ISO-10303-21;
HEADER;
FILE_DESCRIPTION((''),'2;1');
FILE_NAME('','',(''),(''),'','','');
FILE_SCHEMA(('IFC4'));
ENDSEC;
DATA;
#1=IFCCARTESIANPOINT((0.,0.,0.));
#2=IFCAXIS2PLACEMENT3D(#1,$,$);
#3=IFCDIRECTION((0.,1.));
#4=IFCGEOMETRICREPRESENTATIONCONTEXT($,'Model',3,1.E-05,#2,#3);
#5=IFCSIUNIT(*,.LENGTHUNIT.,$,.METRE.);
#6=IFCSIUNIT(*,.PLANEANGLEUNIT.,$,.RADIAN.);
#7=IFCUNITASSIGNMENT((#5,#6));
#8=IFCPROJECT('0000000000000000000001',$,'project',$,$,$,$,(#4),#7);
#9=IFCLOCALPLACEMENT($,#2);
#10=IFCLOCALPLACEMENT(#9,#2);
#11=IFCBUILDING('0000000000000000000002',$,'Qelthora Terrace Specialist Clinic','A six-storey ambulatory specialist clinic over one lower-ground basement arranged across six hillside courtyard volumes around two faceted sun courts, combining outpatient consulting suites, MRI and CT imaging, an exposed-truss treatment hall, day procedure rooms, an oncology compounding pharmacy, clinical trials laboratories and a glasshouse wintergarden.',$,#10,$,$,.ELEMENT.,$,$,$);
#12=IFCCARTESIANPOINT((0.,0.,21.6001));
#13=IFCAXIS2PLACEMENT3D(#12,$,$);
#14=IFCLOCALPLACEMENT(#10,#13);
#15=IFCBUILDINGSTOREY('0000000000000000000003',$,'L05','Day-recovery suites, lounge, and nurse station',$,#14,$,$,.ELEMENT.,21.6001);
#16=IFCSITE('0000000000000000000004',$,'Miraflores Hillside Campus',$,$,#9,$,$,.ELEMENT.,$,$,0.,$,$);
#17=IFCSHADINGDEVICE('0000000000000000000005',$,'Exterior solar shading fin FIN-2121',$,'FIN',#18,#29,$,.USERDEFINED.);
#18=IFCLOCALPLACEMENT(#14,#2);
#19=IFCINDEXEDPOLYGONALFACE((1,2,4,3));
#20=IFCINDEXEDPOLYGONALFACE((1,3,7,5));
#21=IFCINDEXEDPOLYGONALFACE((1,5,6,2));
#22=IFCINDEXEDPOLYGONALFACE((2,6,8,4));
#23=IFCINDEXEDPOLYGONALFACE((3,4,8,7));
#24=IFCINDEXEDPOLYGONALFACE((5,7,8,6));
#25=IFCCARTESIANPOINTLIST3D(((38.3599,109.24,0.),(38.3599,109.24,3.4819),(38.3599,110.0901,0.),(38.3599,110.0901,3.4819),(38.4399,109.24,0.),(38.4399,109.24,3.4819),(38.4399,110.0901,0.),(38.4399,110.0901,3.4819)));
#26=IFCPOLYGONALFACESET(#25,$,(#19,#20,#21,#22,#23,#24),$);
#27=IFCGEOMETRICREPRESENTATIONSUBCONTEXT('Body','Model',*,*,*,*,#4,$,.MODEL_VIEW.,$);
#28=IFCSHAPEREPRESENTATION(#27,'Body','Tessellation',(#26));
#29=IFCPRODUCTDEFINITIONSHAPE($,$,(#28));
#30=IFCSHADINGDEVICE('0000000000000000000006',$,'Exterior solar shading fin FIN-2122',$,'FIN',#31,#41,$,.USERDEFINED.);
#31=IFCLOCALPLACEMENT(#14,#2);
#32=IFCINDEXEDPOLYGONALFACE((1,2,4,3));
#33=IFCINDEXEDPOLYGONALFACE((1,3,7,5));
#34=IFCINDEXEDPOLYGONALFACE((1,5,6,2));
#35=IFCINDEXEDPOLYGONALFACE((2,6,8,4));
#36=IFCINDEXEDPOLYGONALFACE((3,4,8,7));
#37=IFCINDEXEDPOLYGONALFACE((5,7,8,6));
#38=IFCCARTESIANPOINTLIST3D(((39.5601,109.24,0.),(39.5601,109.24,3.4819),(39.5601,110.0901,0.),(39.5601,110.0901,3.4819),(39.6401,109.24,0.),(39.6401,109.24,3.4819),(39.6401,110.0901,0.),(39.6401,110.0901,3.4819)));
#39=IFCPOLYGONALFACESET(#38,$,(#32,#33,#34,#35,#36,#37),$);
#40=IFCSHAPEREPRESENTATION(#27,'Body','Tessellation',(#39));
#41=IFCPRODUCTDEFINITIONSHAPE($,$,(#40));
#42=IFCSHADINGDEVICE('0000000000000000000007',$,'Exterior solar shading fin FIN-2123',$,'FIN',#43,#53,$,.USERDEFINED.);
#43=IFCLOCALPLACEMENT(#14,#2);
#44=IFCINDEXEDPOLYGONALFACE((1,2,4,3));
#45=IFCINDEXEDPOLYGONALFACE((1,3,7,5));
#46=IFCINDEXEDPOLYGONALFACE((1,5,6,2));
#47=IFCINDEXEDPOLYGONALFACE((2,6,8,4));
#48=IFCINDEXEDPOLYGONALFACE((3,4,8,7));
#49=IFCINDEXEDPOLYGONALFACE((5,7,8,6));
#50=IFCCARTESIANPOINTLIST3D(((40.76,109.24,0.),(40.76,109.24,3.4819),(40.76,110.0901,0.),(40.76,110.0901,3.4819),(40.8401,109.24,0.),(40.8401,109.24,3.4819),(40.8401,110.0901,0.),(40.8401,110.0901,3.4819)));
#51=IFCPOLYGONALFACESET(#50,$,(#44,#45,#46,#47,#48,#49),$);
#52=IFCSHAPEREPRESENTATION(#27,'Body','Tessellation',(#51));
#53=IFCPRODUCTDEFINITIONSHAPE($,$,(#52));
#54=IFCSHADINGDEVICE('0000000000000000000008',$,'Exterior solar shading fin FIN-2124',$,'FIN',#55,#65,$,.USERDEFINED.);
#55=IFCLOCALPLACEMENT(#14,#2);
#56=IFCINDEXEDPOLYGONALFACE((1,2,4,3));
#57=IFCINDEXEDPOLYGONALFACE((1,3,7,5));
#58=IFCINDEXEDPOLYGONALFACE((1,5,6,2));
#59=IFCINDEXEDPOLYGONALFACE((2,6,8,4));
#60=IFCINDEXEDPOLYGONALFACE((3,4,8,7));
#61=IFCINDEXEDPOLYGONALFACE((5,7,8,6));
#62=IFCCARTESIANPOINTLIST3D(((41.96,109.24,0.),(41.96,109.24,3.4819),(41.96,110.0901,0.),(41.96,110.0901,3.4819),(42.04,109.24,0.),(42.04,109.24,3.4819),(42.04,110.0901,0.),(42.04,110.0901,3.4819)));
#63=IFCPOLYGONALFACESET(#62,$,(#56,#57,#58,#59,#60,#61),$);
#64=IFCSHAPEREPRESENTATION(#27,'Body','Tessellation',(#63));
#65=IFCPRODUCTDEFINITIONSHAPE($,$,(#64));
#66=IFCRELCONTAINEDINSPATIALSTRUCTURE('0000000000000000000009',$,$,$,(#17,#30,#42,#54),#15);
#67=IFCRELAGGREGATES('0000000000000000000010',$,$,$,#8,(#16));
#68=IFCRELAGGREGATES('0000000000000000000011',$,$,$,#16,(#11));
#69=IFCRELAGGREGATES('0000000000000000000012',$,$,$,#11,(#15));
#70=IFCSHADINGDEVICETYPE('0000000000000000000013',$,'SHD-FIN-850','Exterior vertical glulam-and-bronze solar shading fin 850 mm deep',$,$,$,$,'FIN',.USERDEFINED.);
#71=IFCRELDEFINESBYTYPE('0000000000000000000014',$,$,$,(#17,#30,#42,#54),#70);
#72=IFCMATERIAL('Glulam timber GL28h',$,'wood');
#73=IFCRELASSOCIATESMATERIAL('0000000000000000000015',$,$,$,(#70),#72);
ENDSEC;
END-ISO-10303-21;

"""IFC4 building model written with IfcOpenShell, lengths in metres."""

from ifc_helpers import new_model, si_unit, direction, frame, origin, origin_2d, place, context, subcontext, project, spatial, rectangle, extrude, material, type_object, element, save


model = new_model("IFC4")

# Units and contexts
model_context = context("Model", 3, precision=1e-05, world=origin(), true_north=direction((0.0, 1.0)))
body_context = subcontext(model_context, "Body", "Model", "MODEL_VIEW")
ifc_project = project(units=[si_unit("LENGTHUNIT", "METRE"), si_unit("PLANEANGLEUNIT", "RADIAN")], contexts=[model_context])

# Site, building, storey
site_placement = place(None, origin())
site = spatial("IfcSite", under=ifc_project, at=site_placement, Name="Miraflores Hillside Campus", CompositionType="ELEMENT", RefElevation=0.0)
building_placement = place(site_placement, origin())
building = spatial("IfcBuilding", under=site, at=building_placement, Name="Qelthora Terrace Specialist Clinic", Description="A six-storey ambulatory specialist clinic over one lower-ground basement arranged across six hillside courtyard volumes around two faceted sun courts, combining outpatient consulting suites, MRI and CT imaging, an exposed-truss treatment hall, day procedure rooms, an oncology compounding pharmacy, clinical trials laboratories and a glasshouse wintergarden.", CompositionType="ELEMENT")
storey_placement = place(building_placement, frame((0.0, 0.0, 21.6001)))
storey = spatial("IfcBuildingStorey", under=building, at=storey_placement, Name="L05", Description="Day-recovery suites, lounge, and nurse station", CompositionType="ELEMENT", Elevation=21.6001)

# Shading devices
ifc_material_1 = material(Name="Glulam timber GL28h", Category="wood")
shading_device_type = type_object("IfcShadingDeviceType", Name="SHD-FIN-850", Description="Exterior vertical glulam-and-bronze solar shading fin 850 mm deep", ElementType="FIN", PredefinedType="USERDEFINED", material=ifc_material_1)
for number, where, z_axis, x_axis, name in (
    (1, (38.3999, 109.665, 0.0), (0.0, 0.0, 1.0), (0.0, 1.0, 0.0), "Exterior solar shading fin FIN-2121"),
    (2, (39.6001, 109.665, 0.0), (0.0, 0.0, 1.0), (0.0, 1.0, 0.0), "Exterior solar shading fin FIN-2122"),
    (3, (40.8, 109.665, 0.0), (0.0, 0.0, 1.0), (0.0, 1.0, 0.0), "Exterior solar shading fin FIN-2123"),
    (4, (42.0, 109.665, 0.0), (0.0, 0.0, 1.0), (0.0, 1.0, 0.0), "Exterior solar shading fin FIN-2124"),
):
    element("IfcShadingDevice", number, at=place(storey_placement, frame(where, z_axis=z_axis, x_axis=x_axis)), inside=storey, type_object=shading_device_type, Name=name, ObjectType="FIN", PredefinedType="USERDEFINED", context=body_context, shape_type="SweptSolid", body=[
        extrude(rectangle(XDim=0.8501, YDim=0.0801, at=origin_2d()), origin(), (0.0, 0.0, 1.0), 3.4819),
    ])

save(model, "model.ifc")
